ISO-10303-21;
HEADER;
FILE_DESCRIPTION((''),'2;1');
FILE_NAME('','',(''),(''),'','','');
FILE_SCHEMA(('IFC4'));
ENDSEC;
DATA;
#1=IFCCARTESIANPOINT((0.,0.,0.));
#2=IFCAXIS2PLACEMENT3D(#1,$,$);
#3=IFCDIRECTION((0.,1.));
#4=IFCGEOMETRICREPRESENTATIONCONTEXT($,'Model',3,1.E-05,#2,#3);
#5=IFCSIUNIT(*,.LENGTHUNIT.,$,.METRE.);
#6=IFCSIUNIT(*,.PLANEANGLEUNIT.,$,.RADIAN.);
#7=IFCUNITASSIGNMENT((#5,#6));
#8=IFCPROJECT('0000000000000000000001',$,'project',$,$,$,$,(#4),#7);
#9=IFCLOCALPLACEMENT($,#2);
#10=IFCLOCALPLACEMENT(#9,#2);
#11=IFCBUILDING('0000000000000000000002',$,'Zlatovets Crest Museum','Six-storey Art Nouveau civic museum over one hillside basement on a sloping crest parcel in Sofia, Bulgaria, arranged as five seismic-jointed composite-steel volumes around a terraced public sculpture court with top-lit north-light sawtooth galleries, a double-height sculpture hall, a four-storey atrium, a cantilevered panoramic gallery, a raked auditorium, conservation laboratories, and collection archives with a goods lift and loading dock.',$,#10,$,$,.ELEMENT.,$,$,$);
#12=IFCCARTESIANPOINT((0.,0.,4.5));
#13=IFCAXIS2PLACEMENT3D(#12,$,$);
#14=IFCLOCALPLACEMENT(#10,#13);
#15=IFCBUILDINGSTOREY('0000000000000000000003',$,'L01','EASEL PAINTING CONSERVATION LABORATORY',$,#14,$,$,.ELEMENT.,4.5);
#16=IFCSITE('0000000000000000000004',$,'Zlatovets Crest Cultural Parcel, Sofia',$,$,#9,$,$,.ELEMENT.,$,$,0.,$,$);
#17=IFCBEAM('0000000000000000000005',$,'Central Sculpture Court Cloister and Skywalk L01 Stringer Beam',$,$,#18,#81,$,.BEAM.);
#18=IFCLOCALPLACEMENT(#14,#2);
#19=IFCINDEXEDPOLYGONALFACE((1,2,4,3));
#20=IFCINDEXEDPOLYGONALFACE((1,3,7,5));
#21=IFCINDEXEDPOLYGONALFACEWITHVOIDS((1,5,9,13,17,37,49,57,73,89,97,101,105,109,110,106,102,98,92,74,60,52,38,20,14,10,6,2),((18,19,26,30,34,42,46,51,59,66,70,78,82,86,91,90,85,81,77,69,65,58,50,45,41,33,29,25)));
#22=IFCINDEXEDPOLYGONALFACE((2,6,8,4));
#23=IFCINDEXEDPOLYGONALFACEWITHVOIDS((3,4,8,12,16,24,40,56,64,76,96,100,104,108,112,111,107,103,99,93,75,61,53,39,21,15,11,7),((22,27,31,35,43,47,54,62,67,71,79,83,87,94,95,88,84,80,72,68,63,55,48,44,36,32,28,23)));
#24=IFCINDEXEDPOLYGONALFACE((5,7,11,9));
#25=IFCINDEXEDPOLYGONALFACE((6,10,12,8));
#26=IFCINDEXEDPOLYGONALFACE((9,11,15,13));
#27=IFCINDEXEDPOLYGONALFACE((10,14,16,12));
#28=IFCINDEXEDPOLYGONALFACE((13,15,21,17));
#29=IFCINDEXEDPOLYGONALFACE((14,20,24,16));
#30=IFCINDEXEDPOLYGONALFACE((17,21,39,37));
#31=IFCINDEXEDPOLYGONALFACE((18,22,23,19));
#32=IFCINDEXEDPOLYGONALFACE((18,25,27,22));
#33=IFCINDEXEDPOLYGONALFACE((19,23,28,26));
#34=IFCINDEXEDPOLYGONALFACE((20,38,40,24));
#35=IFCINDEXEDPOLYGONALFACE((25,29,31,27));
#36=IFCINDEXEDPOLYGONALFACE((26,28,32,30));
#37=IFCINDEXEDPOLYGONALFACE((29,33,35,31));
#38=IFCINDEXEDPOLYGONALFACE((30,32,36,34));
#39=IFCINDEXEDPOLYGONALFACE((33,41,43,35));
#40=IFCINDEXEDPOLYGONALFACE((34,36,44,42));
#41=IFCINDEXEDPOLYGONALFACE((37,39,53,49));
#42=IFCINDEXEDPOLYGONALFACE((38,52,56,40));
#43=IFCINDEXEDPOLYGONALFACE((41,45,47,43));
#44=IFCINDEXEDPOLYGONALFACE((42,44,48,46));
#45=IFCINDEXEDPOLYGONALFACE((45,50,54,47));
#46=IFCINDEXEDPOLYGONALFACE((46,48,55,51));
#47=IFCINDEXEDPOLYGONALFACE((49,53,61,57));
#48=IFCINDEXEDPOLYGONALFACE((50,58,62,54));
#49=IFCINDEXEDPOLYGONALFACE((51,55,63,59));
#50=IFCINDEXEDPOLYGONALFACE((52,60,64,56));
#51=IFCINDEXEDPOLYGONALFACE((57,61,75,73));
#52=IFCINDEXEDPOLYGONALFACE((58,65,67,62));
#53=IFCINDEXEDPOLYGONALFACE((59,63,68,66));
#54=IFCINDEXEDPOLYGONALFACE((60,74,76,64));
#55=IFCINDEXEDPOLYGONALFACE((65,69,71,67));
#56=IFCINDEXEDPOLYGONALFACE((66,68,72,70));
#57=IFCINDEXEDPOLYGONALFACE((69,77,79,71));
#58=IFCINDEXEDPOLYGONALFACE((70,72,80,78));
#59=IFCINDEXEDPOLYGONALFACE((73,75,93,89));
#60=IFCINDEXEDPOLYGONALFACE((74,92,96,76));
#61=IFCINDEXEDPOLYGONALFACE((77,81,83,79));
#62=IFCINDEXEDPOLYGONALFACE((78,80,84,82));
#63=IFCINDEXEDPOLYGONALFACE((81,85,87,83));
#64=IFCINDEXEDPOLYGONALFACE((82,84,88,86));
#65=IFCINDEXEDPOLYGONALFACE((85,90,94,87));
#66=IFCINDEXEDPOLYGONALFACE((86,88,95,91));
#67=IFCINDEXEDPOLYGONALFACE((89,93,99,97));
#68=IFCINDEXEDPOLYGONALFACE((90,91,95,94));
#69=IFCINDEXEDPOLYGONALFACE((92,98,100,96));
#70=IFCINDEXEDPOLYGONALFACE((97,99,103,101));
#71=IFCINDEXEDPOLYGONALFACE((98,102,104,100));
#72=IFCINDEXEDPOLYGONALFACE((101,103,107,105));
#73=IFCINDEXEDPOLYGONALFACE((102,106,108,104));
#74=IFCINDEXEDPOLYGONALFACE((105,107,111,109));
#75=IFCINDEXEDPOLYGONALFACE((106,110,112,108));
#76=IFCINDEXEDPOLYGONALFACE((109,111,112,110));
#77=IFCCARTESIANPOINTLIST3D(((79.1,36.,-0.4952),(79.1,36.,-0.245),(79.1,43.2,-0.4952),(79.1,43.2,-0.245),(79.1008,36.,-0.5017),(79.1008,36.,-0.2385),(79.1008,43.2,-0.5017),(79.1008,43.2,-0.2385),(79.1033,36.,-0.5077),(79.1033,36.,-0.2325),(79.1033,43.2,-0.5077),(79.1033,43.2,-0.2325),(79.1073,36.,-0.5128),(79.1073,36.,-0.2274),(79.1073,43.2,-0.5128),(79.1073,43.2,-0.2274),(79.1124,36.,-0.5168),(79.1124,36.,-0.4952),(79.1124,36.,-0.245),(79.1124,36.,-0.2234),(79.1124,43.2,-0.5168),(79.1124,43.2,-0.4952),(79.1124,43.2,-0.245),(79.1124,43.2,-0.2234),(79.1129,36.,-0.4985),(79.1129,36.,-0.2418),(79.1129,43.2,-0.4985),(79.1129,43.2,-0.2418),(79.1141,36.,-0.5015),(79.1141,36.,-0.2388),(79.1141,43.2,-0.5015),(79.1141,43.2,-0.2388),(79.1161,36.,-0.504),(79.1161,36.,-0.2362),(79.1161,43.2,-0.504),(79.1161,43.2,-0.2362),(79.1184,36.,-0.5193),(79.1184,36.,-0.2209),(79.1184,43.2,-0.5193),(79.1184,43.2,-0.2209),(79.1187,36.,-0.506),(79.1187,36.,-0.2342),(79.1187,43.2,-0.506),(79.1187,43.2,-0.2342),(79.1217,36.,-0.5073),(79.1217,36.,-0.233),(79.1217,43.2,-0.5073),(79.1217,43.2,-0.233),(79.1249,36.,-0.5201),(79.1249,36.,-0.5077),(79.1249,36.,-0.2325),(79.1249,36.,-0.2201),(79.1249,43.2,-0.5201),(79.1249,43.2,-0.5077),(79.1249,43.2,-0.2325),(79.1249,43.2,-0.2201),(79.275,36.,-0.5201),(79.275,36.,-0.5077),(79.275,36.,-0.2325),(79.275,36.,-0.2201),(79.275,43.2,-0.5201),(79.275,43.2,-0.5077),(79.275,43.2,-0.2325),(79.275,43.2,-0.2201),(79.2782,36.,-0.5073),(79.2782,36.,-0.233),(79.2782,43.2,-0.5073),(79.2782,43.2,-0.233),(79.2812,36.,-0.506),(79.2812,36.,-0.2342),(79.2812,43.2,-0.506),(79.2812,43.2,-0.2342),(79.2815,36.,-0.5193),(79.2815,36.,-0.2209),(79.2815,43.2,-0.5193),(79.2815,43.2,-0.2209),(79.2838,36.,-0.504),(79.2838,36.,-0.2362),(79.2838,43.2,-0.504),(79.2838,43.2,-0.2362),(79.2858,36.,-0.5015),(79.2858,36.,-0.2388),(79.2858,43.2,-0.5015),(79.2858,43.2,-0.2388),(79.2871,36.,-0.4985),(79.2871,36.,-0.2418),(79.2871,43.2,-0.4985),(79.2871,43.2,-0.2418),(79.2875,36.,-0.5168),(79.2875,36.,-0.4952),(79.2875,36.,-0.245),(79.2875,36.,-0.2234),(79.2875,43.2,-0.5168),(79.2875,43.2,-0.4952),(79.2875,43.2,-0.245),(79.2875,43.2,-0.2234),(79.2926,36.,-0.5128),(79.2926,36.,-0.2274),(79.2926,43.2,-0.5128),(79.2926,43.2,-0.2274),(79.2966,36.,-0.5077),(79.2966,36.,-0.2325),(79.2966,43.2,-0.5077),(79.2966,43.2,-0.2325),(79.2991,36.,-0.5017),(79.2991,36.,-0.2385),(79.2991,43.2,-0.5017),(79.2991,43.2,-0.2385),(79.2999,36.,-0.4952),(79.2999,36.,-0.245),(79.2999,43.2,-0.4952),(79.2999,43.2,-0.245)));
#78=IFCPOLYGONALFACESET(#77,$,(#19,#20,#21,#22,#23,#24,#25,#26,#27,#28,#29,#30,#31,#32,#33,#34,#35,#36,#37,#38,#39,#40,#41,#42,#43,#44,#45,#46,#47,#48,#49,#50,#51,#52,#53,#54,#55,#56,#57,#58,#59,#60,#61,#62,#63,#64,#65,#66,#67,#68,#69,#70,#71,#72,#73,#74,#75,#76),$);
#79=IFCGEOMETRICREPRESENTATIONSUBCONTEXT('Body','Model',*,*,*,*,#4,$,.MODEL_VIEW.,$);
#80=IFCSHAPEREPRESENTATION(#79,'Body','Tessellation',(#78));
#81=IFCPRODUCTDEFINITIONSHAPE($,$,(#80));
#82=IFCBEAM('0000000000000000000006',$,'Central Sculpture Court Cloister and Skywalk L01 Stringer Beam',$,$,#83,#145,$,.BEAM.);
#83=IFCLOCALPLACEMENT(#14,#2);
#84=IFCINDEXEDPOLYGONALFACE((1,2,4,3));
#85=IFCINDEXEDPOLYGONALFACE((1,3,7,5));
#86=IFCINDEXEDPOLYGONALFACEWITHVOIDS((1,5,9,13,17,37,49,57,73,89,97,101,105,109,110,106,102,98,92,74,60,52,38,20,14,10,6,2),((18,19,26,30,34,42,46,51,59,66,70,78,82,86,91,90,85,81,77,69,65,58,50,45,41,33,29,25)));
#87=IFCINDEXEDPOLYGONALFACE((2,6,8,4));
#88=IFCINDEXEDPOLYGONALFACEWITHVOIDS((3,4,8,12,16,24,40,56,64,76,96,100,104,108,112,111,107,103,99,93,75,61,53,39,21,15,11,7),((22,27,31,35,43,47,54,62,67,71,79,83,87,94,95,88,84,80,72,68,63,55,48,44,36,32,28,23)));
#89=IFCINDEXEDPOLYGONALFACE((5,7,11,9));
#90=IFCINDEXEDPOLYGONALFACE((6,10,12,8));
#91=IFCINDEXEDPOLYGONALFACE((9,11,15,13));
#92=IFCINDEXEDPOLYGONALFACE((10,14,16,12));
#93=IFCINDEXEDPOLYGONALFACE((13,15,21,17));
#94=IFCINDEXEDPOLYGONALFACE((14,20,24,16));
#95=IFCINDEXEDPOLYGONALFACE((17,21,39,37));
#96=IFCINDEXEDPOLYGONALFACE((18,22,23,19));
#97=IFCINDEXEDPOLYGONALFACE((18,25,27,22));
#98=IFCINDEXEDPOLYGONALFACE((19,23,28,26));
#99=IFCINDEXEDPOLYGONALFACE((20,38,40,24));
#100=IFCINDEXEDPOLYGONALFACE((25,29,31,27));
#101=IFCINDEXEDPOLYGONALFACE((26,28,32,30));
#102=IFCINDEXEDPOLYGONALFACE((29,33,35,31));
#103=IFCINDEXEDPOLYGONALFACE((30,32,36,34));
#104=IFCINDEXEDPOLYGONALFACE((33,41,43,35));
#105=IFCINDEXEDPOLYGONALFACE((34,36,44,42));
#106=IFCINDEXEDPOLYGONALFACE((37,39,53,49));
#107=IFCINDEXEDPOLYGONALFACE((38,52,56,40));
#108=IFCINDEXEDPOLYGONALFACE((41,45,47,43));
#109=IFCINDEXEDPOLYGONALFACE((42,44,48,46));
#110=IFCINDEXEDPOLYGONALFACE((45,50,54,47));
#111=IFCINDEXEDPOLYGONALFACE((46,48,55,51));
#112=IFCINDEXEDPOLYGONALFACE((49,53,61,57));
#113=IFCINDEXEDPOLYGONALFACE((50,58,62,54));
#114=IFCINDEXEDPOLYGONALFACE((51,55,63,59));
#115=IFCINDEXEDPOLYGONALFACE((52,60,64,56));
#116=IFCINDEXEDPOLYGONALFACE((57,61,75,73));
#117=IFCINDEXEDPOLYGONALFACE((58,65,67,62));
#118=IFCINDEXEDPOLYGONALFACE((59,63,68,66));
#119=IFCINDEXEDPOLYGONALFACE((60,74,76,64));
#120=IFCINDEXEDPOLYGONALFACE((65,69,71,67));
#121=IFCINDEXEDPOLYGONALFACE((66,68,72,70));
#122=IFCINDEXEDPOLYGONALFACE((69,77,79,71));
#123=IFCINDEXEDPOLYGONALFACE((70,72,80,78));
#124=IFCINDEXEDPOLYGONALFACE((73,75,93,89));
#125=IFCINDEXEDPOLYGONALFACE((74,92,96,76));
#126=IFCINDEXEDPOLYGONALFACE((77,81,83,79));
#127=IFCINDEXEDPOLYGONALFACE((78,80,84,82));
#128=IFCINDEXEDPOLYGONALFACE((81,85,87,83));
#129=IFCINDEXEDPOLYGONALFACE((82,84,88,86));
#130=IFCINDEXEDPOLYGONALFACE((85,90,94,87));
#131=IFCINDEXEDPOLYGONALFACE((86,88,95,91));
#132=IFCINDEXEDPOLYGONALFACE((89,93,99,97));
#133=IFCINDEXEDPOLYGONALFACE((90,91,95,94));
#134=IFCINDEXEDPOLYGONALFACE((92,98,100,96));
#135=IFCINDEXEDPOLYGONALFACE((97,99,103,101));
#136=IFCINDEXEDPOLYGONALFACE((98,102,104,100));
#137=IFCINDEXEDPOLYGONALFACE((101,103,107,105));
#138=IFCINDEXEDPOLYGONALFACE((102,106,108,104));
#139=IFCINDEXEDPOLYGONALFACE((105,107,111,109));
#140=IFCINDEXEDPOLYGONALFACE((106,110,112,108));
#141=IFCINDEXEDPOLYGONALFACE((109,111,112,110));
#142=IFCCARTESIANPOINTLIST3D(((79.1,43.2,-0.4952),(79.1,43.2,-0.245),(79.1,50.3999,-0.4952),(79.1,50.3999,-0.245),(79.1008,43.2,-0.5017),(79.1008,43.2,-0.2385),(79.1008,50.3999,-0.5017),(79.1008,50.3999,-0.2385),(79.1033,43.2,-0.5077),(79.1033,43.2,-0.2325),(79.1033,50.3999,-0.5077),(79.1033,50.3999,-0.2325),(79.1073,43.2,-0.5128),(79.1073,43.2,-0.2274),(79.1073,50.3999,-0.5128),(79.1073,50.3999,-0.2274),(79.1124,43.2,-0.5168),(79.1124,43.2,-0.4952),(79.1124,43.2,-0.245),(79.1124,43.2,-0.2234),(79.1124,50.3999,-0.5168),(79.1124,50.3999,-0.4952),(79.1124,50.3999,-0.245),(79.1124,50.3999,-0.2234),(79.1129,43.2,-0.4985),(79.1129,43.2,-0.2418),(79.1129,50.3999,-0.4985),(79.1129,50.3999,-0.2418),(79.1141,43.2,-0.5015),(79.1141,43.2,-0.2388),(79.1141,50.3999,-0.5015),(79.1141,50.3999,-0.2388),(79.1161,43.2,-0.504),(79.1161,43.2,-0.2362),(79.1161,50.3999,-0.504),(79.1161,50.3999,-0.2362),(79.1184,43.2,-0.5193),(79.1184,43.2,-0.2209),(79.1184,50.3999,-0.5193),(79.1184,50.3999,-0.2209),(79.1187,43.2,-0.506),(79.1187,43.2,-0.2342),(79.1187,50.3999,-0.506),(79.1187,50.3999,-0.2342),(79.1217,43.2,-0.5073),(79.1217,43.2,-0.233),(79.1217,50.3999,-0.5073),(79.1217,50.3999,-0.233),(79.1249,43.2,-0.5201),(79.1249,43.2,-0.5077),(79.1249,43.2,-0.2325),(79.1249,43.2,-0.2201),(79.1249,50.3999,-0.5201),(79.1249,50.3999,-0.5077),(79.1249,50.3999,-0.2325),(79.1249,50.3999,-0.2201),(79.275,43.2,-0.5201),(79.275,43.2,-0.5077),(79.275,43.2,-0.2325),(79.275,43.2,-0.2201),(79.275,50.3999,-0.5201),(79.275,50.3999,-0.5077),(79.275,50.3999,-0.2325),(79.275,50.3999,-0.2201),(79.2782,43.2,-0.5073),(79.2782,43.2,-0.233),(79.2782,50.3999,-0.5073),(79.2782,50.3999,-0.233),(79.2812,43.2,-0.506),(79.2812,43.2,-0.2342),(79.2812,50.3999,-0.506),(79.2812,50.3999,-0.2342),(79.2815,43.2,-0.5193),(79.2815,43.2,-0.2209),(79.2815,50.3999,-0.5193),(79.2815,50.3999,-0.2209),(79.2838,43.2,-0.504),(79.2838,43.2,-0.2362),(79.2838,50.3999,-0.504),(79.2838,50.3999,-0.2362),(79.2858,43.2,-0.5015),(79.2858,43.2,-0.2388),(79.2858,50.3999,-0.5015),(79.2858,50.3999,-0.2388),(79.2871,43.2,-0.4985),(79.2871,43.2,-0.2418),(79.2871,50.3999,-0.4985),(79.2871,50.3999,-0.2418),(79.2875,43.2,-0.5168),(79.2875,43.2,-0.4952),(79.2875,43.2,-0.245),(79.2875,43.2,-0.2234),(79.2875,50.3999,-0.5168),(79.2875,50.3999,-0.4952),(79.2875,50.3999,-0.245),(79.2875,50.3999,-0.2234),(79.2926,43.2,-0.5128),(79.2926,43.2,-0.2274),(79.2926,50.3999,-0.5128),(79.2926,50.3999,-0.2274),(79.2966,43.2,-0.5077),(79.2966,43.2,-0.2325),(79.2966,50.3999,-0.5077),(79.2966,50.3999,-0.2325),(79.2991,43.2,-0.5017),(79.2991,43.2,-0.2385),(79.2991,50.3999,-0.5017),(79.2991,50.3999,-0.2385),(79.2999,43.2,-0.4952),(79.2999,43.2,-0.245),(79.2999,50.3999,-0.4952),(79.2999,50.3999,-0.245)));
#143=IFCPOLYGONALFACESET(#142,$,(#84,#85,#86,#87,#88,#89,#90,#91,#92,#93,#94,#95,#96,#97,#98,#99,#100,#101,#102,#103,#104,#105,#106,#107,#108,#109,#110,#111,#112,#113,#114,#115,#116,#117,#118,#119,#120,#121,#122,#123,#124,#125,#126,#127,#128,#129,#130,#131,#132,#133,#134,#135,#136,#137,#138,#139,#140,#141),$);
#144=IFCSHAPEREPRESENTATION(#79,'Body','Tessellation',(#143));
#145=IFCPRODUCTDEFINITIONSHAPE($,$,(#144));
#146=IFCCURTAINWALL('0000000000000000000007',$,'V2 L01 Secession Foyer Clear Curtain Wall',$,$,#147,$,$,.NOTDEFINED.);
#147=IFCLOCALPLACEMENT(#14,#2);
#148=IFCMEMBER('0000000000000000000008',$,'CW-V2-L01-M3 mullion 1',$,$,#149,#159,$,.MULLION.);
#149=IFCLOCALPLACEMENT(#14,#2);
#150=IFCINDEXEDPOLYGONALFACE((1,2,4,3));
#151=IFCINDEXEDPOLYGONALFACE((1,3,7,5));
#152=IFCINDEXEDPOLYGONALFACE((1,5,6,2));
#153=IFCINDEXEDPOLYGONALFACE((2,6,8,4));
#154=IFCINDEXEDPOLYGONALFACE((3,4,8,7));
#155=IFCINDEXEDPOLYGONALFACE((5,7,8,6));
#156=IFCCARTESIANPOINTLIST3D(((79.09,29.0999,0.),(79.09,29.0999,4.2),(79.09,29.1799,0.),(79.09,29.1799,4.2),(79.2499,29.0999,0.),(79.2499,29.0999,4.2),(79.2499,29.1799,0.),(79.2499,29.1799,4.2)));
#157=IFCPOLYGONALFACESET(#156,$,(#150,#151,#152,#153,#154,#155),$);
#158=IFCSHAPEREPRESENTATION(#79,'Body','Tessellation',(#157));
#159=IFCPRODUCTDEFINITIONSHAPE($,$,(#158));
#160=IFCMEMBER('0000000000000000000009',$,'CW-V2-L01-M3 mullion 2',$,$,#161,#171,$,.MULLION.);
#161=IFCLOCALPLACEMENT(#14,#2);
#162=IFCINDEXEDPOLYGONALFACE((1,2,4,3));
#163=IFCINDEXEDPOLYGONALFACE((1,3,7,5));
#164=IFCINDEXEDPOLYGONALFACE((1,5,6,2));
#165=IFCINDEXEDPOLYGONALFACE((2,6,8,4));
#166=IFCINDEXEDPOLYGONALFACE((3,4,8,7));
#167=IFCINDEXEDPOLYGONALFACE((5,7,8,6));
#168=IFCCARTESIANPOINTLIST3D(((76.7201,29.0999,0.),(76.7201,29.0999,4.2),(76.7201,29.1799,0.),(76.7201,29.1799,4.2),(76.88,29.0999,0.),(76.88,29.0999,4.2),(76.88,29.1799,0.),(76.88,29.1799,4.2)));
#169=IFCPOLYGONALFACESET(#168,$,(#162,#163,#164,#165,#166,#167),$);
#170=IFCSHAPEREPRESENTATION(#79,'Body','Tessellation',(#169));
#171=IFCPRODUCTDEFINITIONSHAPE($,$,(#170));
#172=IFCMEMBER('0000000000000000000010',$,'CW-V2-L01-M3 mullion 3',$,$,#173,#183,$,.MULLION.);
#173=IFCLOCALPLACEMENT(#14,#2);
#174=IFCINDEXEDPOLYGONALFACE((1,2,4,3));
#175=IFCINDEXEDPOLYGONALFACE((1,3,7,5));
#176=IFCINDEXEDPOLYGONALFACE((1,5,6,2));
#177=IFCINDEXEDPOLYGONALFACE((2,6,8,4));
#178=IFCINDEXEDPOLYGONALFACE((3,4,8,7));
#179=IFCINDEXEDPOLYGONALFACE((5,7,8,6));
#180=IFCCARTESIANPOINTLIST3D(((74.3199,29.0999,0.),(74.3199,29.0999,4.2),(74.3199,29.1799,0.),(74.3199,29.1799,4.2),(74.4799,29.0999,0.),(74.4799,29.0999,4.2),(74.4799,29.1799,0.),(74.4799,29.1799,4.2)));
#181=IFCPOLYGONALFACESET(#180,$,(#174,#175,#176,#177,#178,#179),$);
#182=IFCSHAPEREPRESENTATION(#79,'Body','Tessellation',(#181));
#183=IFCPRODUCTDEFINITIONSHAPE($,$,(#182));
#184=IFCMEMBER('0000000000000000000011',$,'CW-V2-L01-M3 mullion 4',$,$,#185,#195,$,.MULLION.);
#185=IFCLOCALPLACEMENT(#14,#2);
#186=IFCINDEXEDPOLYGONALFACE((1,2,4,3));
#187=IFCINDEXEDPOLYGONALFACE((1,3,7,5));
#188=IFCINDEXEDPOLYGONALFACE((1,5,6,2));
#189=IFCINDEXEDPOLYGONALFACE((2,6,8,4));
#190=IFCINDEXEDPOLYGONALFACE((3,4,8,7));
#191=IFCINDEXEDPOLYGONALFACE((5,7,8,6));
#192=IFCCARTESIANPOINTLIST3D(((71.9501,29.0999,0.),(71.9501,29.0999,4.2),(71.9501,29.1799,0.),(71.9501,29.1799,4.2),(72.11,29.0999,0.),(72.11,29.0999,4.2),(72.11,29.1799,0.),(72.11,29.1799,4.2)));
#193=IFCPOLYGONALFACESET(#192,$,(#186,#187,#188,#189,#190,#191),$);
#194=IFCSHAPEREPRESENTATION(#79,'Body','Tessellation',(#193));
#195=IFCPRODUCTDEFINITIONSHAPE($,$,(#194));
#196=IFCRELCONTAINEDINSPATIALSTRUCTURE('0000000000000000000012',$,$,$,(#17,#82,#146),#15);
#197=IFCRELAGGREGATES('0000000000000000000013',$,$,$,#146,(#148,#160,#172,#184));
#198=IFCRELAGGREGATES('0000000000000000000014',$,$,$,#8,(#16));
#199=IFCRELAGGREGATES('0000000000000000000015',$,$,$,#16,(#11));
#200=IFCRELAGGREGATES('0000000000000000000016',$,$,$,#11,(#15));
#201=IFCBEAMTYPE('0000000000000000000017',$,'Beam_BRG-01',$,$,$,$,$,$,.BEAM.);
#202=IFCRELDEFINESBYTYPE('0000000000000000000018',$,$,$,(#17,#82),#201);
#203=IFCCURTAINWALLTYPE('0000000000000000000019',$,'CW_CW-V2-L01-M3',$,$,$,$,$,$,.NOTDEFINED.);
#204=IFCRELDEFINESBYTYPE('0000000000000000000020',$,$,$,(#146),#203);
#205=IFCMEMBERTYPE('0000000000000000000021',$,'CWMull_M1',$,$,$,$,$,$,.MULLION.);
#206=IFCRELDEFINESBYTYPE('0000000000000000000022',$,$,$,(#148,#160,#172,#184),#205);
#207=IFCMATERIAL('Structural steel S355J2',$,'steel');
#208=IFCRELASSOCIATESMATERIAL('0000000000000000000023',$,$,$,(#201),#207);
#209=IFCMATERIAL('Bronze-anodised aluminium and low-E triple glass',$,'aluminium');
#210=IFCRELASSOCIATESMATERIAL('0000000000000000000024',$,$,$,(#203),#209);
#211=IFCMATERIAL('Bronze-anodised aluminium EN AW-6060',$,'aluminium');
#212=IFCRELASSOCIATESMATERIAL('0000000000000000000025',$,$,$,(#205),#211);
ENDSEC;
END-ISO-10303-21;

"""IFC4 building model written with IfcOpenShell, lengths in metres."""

from ifc_helpers import new_model, si_unit, direction, frame, origin, origin_2d, place, context, subcontext, project, spatial, rectangle, hollow_rectangle, extrude, material, material_profile, profile_set, type_object, element, aggregate, save


model = new_model("IFC4")

# Units and contexts
model_context = context("Model", 3, precision=1e-05, world=origin(), true_north=direction((0.0, 1.0)))
body_context = subcontext(model_context, "Body", "Model", "MODEL_VIEW")
ifc_project = project(units=[si_unit("LENGTHUNIT", "METRE"), si_unit("PLANEANGLEUNIT", "RADIAN")], contexts=[model_context])

# Site, building, storey
site_placement = place(None, origin())
site = spatial("IfcSite", under=ifc_project, at=site_placement, Name="Zlatovets Crest Cultural Parcel, Sofia", CompositionType="ELEMENT", RefElevation=0.0)
building_placement = place(site_placement, origin())
building = spatial("IfcBuilding", under=site, at=building_placement, Name="Zlatovets Crest Museum", Description="Six-storey Art Nouveau civic museum over one hillside basement on a sloping crest parcel in Sofia, Bulgaria, arranged as five seismic-jointed composite-steel volumes around a terraced public sculpture court with top-lit north-light sawtooth galleries, a double-height sculpture hall, a four-storey atrium, a cantilevered panoramic gallery, a raked auditorium, conservation laboratories, and collection archives with a goods lift and loading dock.", CompositionType="ELEMENT")
storey_placement = place(building_placement, frame((0.0, 0.0, 4.5)))
storey = spatial("IfcBuildingStorey", under=building, at=storey_placement, Name="L01", Description="EASEL PAINTING CONSERVATION LABORATORY", CompositionType="ELEMENT", Elevation=4.5)

# Shared definitions
ifc_material_1 = material(Name="Structural steel S355J2", Category="steel")

# Beams
ifc_material_profile_1 = material_profile(ifc_material_1, hollow_rectangle(XDim=0.2, YDim=0.3, WallThickness=0.0125, InnerFilletRadius=0.0125, OuterFilletRadius=0.0249, at=origin_2d()), Name="RHS 200x300x12.5")
ifc_profile_set_1 = profile_set([ifc_material_profile_1], Name="Structural steel S355J2")
beam_type_1 = type_object("IfcBeamType", Name="Beam_BRG-01", PredefinedType="BEAM", material=ifc_profile_set_1)
for number, where, z_axis, x_axis, name in (
    (1, (79.2, 36.0, -0.3701), (0.0, 1.0, 0.0), (-1.0, 0.0, 0.0), "Central Sculpture Court Cloister and Skywalk L01 Stringer Beam"),
    (2, (79.2, 43.2, -0.3701), (0.0, 1.0, 0.0), (-1.0, 0.0, 0.0), "Central Sculpture Court Cloister and Skywalk L01 Stringer Beam"),
):
    element("IfcBeam", number, at=place(storey_placement, frame(where, z_axis=z_axis, x_axis=x_axis)), inside=storey, type_object=beam_type_1, Name=name, PredefinedType="BEAM", context=body_context, shape_type="SweptSolid", body=[
        extrude(hollow_rectangle(XDim=0.2, YDim=0.3, WallThickness=0.0125, InnerFilletRadius=0.0125, OuterFilletRadius=0.0249, at=origin_2d()), origin(), (0.0, 0.0, 1.0), 7.2),
    ])

# Curtain wall, members
ifc_material_2 = material(Name="Bronze-anodised aluminium and low-E triple glass", Category="aluminium")
curtain_wall_type_1 = type_object("IfcCurtainWallType", Name="CW_CW-V2-L01-M3", PredefinedType="NOTDEFINED", material=ifc_material_2)
curtain_wall_1_placement = place(storey_placement, origin())
curtain_wall_1 = element("IfcCurtainWall", 3, at=curtain_wall_1_placement, inside=storey, type_object=curtain_wall_type_1, Name="V2 L01 Secession Foyer Clear Curtain Wall", PredefinedType="NOTDEFINED")
ifc_material_3 = material(Name="Bronze-anodised aluminium EN AW-6060", Category="aluminium")
ifc_material_profile_2 = material_profile(ifc_material_3, rectangle(XDim=0.0801, YDim=0.1599, at=origin_2d()), Name="ALU 80x160")
ifc_profile_set_2 = profile_set([ifc_material_profile_2], Name="Bronze-anodised aluminium EN AW-6060")
member_type_1 = type_object("IfcMemberType", Name="CWMull_M1", PredefinedType="MULLION", material=ifc_profile_set_2)
member_1_placement = place(storey_placement, frame((79.1699, 29.1399, 0.0), z_axis=(0.0, 0.0, 1.0), x_axis=(0.0, -1.0, 0.0)))
member_1 = element("IfcMember", 4, at=member_1_placement, type_object=member_type_1, Name="CW-V2-L01-M3 mullion 1", PredefinedType="MULLION", context=body_context, shape_type="SweptSolid", body=[
    extrude(rectangle(XDim=0.0801, YDim=0.1599, at=origin_2d()), origin(), (0.0, 0.0, 1.0), 4.2),
])
member_2_placement = place(storey_placement, frame((76.8, 29.1399, 0.0), z_axis=(0.0, 0.0, 1.0), x_axis=(0.0, -1.0, 0.0)))
member_2 = element("IfcMember", 5, at=member_2_placement, type_object=member_type_1, Name="CW-V2-L01-M3 mullion 2", PredefinedType="MULLION", context=body_context, shape_type="SweptSolid", body=[
    extrude(rectangle(XDim=0.0801, YDim=0.1599, at=origin_2d()), origin(), (0.0, 0.0, 1.0), 4.2),
])
member_3_placement = place(storey_placement, frame((74.3999, 29.1399, 0.0), z_axis=(0.0, 0.0, 1.0), x_axis=(0.0, -1.0, 0.0)))
member_3 = element("IfcMember", 6, at=member_3_placement, type_object=member_type_1, Name="CW-V2-L01-M3 mullion 3", PredefinedType="MULLION", context=body_context, shape_type="SweptSolid", body=[
    extrude(rectangle(XDim=0.0801, YDim=0.1599, at=origin_2d()), origin(), (0.0, 0.0, 1.0), 4.2),
])
member_4_placement = place(storey_placement, frame((72.03, 29.1399, 0.0), z_axis=(0.0, 0.0, 1.0), x_axis=(0.0, -1.0, 0.0)))
member_4 = element("IfcMember", 7, at=member_4_placement, type_object=member_type_1, Name="CW-V2-L01-M3 mullion 4", PredefinedType="MULLION", context=body_context, shape_type="SweptSolid", body=[
    extrude(rectangle(XDim=0.0801, YDim=0.1599, at=origin_2d()), origin(), (0.0, 0.0, 1.0), 4.2),
])

aggregate(curtain_wall_1, [member_1, member_2, member_3, member_4])

save(model, "model.ifc")
